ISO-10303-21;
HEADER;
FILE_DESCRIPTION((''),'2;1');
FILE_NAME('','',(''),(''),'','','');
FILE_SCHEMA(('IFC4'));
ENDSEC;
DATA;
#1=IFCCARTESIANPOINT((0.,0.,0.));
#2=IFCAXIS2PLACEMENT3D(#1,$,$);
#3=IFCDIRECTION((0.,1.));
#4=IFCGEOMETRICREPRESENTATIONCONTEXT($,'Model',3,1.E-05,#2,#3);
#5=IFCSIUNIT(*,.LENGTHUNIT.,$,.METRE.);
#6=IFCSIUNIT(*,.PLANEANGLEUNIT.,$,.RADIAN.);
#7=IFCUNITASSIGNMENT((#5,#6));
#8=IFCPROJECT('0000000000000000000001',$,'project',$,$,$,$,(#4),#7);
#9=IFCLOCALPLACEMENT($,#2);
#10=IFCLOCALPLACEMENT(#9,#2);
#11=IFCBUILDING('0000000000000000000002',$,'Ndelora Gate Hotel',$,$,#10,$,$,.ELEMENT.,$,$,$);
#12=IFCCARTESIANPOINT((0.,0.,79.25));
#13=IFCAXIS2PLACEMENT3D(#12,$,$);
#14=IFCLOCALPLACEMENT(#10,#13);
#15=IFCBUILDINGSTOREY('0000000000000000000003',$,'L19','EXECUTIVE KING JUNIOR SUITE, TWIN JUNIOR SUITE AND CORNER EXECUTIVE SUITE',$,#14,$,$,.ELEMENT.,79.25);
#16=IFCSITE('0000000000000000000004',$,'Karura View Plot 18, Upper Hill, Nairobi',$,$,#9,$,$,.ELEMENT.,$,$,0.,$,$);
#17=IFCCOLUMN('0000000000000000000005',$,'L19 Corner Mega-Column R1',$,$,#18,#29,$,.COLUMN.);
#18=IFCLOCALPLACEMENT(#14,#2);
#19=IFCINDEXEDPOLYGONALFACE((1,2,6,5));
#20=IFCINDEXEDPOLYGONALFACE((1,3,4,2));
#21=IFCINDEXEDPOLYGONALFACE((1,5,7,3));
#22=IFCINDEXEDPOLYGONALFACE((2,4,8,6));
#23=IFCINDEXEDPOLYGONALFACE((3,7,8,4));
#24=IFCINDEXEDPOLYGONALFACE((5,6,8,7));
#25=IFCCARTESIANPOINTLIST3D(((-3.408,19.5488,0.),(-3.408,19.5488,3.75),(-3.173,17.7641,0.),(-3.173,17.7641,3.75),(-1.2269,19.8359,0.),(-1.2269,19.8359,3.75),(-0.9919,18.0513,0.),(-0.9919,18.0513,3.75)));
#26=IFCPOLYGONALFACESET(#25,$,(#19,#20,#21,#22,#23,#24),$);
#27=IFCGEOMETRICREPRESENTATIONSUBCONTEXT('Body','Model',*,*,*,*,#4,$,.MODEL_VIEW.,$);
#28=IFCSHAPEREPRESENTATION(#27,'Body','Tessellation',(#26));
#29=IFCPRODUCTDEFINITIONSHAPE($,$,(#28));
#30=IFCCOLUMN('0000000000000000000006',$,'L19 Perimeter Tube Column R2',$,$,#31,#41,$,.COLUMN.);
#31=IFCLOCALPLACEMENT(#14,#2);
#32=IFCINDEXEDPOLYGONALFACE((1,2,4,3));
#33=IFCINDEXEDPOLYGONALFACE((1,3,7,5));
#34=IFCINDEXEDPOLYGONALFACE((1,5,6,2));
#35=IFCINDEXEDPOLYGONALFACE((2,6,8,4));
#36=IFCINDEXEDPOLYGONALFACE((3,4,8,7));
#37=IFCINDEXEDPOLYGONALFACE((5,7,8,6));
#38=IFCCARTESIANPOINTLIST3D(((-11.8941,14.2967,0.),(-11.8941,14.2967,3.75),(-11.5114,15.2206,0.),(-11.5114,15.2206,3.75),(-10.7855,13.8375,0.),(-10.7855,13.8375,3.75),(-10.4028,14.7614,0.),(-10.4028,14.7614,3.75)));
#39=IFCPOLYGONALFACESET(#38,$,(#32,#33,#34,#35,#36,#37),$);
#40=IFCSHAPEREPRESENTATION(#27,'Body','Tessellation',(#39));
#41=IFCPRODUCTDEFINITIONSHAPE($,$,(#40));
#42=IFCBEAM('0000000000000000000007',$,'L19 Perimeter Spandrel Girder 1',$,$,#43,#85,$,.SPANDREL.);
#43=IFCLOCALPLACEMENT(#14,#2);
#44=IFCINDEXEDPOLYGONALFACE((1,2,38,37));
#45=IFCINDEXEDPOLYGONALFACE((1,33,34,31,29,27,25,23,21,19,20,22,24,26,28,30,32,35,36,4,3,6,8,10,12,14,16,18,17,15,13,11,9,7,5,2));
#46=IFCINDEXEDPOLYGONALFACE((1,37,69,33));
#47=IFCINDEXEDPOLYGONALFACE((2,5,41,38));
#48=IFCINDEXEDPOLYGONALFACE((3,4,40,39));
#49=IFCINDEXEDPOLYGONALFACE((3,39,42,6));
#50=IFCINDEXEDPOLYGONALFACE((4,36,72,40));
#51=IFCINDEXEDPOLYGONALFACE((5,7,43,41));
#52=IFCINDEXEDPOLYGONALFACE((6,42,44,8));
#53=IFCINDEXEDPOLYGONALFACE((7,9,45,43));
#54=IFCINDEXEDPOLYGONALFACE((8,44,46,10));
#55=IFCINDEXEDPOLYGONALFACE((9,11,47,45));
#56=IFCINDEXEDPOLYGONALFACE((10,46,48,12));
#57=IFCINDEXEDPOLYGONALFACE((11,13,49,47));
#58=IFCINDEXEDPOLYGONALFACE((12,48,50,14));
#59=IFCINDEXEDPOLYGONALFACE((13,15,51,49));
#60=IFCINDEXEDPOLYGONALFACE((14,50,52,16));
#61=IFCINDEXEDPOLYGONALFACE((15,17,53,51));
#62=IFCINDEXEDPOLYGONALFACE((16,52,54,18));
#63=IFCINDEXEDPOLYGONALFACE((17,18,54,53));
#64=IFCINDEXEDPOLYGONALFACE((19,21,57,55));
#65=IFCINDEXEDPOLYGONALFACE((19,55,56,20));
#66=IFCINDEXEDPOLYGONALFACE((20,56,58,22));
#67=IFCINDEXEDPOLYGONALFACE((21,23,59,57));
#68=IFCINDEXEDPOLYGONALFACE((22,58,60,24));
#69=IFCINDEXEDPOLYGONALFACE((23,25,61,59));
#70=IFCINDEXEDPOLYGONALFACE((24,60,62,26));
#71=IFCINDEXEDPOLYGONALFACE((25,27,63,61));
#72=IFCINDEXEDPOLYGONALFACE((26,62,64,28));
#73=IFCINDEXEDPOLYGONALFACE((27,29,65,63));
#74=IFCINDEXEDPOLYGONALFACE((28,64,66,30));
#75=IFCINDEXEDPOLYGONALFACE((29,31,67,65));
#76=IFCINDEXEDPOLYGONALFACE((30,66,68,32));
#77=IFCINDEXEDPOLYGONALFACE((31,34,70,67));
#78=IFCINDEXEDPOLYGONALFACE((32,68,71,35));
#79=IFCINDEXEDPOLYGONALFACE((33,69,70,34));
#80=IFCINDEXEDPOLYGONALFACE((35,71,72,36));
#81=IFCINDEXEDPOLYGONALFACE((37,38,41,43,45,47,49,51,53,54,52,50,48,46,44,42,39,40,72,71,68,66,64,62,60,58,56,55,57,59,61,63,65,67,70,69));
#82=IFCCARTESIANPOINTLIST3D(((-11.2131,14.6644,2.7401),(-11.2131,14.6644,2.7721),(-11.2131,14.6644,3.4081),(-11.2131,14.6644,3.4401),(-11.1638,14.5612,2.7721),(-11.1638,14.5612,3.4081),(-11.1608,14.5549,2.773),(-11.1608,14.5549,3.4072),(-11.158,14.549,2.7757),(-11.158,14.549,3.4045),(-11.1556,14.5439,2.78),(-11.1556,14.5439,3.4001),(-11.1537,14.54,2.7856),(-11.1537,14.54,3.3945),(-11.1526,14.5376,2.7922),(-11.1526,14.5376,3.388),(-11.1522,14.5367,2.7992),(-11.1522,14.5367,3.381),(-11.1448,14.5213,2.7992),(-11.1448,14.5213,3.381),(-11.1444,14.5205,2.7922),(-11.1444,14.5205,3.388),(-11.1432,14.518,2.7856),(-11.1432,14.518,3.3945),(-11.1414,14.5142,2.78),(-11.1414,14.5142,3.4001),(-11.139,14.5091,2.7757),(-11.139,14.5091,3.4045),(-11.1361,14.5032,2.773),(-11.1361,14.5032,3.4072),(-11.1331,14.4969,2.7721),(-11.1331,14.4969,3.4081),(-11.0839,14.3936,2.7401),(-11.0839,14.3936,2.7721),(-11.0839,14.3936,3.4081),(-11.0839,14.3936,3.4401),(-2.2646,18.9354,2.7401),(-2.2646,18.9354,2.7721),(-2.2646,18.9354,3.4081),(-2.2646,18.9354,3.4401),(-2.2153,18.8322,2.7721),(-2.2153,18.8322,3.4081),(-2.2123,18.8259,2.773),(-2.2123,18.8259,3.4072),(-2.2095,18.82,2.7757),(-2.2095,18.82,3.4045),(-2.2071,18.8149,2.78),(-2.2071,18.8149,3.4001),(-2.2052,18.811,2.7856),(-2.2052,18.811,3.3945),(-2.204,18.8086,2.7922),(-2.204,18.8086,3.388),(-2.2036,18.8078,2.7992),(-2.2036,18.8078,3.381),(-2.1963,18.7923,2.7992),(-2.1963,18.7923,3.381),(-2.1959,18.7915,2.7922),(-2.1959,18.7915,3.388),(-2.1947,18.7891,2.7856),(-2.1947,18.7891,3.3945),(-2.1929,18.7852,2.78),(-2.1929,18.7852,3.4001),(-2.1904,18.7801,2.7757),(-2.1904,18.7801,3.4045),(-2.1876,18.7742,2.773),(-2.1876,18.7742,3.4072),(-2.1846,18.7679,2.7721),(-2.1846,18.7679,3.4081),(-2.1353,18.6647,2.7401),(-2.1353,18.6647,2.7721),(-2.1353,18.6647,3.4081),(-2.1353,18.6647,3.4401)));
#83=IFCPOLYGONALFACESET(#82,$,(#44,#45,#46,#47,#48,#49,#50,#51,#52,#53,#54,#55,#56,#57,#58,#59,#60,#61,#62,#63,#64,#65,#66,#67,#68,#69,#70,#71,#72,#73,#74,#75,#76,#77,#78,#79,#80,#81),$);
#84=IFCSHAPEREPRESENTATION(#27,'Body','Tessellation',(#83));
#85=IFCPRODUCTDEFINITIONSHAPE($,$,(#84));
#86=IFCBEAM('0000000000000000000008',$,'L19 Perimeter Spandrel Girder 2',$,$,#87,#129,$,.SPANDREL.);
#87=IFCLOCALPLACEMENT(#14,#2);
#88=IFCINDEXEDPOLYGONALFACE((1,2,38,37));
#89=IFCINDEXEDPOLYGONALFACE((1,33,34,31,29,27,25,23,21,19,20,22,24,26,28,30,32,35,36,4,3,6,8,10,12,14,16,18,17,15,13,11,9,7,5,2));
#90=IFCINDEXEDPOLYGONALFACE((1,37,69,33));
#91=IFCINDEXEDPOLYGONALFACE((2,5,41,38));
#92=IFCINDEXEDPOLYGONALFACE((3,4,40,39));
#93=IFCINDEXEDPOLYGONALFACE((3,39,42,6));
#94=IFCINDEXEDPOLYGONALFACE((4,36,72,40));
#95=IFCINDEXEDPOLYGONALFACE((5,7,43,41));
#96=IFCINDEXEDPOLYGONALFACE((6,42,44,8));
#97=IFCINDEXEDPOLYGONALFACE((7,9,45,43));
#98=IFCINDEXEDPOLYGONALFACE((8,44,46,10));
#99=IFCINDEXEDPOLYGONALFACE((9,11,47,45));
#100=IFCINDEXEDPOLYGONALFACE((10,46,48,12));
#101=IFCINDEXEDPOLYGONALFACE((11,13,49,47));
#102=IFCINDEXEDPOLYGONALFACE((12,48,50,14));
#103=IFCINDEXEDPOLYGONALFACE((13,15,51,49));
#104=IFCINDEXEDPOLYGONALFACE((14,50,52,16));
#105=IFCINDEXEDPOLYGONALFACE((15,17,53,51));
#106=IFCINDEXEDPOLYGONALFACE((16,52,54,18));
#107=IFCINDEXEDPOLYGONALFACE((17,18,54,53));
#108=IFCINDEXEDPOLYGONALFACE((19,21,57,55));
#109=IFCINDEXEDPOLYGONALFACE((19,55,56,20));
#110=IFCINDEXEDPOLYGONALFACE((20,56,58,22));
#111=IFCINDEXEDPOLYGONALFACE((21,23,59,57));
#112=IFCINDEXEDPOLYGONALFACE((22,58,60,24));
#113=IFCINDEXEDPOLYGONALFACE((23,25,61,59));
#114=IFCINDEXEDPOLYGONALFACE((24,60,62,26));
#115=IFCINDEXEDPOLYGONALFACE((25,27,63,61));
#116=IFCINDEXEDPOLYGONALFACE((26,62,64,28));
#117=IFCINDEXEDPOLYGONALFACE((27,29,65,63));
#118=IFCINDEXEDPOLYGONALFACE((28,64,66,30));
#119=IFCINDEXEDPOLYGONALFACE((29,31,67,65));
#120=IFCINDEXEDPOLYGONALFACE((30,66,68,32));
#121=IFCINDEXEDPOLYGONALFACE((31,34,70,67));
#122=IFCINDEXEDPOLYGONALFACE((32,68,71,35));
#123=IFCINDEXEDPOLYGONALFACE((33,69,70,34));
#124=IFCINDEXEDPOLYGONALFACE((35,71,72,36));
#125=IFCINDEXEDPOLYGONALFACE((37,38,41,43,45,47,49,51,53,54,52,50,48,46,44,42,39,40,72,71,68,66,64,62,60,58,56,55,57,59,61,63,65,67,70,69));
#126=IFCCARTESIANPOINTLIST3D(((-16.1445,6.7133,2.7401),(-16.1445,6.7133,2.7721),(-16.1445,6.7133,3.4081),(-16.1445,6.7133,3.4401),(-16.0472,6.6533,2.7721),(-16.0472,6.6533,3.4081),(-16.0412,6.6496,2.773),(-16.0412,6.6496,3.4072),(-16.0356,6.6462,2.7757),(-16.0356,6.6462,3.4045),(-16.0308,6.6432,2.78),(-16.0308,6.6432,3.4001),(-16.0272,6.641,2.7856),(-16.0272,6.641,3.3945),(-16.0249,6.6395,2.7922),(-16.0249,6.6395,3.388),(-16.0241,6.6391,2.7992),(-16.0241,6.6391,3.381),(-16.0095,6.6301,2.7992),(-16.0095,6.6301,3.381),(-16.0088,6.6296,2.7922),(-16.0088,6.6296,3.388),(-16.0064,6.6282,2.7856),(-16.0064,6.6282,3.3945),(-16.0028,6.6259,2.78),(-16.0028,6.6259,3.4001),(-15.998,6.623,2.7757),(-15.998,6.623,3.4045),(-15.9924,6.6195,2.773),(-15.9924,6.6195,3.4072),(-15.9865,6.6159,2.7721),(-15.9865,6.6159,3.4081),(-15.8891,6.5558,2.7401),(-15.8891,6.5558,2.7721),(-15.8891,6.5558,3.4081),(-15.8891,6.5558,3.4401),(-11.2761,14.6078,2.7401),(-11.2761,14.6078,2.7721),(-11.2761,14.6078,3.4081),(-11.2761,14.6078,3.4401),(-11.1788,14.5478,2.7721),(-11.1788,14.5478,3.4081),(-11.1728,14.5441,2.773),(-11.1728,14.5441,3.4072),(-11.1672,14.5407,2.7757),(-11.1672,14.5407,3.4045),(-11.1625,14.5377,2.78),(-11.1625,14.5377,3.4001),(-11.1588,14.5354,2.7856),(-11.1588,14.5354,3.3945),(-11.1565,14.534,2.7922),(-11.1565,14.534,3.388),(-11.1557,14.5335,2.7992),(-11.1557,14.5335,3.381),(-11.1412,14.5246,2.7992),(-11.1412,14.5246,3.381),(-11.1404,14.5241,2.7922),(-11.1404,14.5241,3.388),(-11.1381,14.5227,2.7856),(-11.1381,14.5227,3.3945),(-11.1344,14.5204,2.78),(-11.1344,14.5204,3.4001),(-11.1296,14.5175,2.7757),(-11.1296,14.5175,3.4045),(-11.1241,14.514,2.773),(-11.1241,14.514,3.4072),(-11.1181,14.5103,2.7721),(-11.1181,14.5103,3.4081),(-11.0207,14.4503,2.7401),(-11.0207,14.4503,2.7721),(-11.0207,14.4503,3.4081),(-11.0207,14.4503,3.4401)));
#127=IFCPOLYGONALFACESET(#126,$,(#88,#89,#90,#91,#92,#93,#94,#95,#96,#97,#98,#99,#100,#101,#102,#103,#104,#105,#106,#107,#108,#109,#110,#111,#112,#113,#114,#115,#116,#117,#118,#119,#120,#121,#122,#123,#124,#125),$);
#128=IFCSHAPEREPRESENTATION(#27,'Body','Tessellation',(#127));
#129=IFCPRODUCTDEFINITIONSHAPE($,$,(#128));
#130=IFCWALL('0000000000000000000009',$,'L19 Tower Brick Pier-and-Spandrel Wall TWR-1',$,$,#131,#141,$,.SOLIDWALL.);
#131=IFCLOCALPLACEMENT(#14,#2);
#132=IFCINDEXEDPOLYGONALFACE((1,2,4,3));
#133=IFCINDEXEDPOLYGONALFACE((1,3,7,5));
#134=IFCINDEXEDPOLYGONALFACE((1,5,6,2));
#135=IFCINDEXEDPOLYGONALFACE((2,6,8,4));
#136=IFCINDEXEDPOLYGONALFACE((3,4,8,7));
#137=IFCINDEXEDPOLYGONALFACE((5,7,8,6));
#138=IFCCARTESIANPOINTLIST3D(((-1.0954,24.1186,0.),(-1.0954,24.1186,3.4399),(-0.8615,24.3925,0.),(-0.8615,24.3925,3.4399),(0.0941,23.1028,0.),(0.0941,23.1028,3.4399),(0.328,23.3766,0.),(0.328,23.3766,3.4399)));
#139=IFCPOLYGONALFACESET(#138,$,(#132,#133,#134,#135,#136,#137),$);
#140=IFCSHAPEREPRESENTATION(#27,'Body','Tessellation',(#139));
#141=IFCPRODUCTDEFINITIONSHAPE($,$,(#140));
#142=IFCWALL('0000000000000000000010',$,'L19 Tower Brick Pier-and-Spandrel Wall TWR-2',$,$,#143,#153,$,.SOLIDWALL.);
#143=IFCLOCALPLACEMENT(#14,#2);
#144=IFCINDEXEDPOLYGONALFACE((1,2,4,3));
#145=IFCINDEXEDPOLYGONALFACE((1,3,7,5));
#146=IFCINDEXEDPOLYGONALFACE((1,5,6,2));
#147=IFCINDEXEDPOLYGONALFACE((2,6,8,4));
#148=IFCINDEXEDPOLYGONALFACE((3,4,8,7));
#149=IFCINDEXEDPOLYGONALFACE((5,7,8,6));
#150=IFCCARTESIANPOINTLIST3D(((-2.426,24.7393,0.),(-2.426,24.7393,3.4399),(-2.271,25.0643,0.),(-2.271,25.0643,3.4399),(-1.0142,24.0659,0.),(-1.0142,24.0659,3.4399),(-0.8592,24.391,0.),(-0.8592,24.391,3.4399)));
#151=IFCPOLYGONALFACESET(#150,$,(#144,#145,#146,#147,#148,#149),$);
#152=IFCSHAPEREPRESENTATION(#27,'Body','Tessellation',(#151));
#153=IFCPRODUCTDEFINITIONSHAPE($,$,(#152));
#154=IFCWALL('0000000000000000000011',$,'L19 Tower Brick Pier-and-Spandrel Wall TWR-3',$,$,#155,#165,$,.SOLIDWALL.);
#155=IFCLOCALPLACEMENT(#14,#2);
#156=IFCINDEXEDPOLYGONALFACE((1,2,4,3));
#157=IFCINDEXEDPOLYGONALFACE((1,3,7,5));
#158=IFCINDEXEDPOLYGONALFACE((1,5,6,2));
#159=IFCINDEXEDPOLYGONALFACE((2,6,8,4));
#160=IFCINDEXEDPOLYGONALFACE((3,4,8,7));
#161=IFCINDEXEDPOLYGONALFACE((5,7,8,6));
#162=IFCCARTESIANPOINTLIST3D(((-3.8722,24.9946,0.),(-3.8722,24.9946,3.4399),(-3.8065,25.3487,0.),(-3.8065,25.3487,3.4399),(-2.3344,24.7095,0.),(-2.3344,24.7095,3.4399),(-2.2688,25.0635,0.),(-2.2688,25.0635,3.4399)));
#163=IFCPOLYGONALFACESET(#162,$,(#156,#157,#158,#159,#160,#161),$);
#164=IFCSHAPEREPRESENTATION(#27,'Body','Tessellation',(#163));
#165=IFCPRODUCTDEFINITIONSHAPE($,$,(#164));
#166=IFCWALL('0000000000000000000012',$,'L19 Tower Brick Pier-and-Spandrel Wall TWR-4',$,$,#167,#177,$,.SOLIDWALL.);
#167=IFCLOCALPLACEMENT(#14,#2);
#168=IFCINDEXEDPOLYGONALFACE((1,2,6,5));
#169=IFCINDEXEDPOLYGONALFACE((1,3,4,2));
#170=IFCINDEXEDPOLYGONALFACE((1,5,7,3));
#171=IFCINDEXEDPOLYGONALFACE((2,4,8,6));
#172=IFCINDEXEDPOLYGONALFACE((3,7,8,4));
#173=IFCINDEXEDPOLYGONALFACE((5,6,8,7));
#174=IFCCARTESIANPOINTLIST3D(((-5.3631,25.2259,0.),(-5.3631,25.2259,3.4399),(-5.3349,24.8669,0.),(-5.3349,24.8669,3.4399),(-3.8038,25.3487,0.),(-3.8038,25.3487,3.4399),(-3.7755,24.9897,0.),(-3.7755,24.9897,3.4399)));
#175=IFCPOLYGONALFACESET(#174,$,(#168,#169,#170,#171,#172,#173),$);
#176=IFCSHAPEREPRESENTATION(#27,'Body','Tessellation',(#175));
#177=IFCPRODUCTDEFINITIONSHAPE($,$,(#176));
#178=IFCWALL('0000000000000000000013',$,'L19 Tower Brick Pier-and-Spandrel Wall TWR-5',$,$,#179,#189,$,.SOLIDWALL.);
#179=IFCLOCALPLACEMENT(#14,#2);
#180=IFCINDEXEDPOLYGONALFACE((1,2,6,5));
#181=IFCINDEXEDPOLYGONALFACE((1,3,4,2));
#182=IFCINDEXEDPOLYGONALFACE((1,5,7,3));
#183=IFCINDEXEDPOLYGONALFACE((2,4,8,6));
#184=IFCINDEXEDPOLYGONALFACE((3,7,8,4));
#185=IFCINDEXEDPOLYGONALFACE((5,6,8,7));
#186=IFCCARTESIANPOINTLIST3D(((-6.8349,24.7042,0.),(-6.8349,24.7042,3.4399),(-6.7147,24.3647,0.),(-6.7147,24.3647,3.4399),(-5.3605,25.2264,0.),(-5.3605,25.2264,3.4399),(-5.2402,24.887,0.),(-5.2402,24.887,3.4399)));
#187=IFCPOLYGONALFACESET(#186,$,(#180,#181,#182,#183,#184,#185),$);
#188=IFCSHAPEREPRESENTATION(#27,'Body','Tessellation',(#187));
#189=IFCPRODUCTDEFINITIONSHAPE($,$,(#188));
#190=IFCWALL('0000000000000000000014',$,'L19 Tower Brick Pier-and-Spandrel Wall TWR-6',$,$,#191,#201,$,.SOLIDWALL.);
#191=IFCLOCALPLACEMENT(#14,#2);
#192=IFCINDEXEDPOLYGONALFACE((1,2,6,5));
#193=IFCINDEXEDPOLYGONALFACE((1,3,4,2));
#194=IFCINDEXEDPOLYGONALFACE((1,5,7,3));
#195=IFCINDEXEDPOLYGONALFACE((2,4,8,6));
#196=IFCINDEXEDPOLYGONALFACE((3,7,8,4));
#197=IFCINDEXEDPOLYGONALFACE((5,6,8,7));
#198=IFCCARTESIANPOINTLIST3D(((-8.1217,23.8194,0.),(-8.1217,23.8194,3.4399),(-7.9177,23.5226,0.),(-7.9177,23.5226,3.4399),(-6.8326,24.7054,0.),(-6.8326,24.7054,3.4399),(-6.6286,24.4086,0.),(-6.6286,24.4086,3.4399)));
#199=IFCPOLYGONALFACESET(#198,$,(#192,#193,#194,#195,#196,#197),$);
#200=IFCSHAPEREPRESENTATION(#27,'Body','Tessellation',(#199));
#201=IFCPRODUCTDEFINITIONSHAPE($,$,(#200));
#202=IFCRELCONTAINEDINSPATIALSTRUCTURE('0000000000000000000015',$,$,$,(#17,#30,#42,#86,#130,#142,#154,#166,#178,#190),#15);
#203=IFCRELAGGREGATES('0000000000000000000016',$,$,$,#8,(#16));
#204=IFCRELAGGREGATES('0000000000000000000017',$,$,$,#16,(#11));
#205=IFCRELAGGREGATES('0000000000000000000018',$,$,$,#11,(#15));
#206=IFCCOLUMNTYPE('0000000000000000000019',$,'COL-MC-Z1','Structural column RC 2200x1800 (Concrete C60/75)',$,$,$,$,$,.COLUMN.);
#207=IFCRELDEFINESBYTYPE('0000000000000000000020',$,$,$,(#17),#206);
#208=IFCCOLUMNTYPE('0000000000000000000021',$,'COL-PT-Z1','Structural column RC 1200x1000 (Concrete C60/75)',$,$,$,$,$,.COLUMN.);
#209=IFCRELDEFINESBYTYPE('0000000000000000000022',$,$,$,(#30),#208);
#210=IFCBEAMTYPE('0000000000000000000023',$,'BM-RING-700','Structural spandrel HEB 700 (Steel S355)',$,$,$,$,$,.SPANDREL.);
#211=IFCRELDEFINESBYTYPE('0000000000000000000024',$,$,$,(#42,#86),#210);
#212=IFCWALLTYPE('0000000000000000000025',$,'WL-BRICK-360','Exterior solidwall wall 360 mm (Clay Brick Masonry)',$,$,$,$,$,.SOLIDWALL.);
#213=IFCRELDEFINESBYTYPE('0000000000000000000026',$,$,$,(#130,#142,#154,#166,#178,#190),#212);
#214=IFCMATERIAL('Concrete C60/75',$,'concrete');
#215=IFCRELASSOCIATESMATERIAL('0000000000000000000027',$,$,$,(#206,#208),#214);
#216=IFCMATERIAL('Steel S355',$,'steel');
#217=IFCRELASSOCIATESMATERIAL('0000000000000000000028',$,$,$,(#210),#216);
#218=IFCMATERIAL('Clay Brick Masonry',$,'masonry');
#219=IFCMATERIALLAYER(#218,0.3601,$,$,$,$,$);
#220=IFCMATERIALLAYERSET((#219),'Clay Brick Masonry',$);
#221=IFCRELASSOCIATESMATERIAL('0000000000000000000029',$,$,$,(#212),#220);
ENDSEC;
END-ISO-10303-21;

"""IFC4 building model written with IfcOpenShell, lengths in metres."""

from ifc_helpers import new_model, si_unit, direction, frame, frame_2d, origin, origin_2d, place, context, subcontext, project, spatial, rectangle, i_section, extrude, material, layer, layer_set, material_profile, profile_set, type_object, element, save


model = new_model("IFC4")

# Units and contexts
model_context = context("Model", 3, precision=1e-05, world=origin(), true_north=direction((0.0, 1.0)))
body_context = subcontext(model_context, "Body", "Model", "MODEL_VIEW")
ifc_project = project(units=[si_unit("LENGTHUNIT", "METRE"), si_unit("PLANEANGLEUNIT", "RADIAN")], contexts=[model_context])

# Site, building, storey
site_placement = place(None, origin())
site = spatial("IfcSite", under=ifc_project, at=site_placement, Name="Karura View Plot 18, Upper Hill, Nairobi", CompositionType="ELEMENT", RefElevation=0.0)
building_placement = place(site_placement, origin())
building = spatial("IfcBuilding", under=site, at=building_placement, Name="Ndelora Gate Hotel", CompositionType="ELEMENT")
storey_placement = place(building_placement, frame((0.0, 0.0, 79.25)))
storey = spatial("IfcBuildingStorey", under=building, at=storey_placement, Name="L19", Description="EXECUTIVE KING JUNIOR SUITE, TWIN JUNIOR SUITE AND CORNER EXECUTIVE SUITE", CompositionType="ELEMENT", Elevation=79.25)

# Columns
ifc_material_1 = material(Name="Concrete C60/75", Category="concrete")
ifc_material_profile_1 = material_profile(ifc_material_1, rectangle(XDim=1.8, YDim=2.2, at=origin_2d()), Name="RC 2200x1800")
ifc_profile_set_1 = profile_set([ifc_material_profile_1], Name="Concrete C60/75")
column_type_1 = type_object("IfcColumnType", Name="COL-MC-Z1", Description="Structural column RC 2200x1800 (Concrete C60/75)", PredefinedType="COLUMN", material=ifc_profile_set_1)
column_1_placement = place(storey_placement, frame((-2.2, 18.8, 0.0), z_axis=(0.0, 0.0, 1.0), x_axis=(-0.130526, 0.991445, 0.0)))
element("IfcColumn", 1, at=column_1_placement, inside=storey, type_object=column_type_1, Name="L19 Corner Mega-Column R1", PredefinedType="COLUMN", context=body_context, shape_type="SweptSolid", body=[
    extrude(rectangle(XDim=1.8, YDim=2.2, at=origin_2d()), origin(), (0.0, 0.0, 1.0), 3.75),
])
ifc_material_profile_2 = material_profile(ifc_material_1, rectangle(XDim=1.0, YDim=1.2, at=origin_2d()), Name="RC 1200x1000")
ifc_profile_set_2 = profile_set([ifc_material_profile_2], Name="Concrete C60/75")
column_type_2 = type_object("IfcColumnType", Name="COL-PT-Z1", Description="Structural column RC 1200x1000 (Concrete C60/75)", PredefinedType="COLUMN", material=ifc_profile_set_2)
column_2_placement = place(storey_placement, frame((-11.1484, 14.5291, 0.0), z_axis=(0.0, 0.0, 1.0), x_axis=(0.382683, 0.92388, 0.0)))
element("IfcColumn", 2, at=column_2_placement, inside=storey, type_object=column_type_2, Name="L19 Perimeter Tube Column R2", PredefinedType="COLUMN", context=body_context, shape_type="SweptSolid", body=[
    extrude(rectangle(XDim=1.0, YDim=1.2, at=origin_2d()), origin(), (0.0, 0.0, 1.0), 3.75),
])

# Beams
ifc_material_2 = material(Name="Steel S355", Category="steel")
ifc_material_profile_3 = material_profile(ifc_material_2, i_section(OverallWidth=0.3, OverallDepth=0.7, WebThickness=0.0171, FlangeThickness=0.032, FilletRadius=0.0271, at=origin_2d()), Name="HEB 700")
ifc_profile_set_3 = profile_set([ifc_material_profile_3], Name="Steel S355")
beam_type = type_object("IfcBeamType", Name="BM-RING-700", Description="Structural spandrel HEB 700 (Steel S355)", PredefinedType="SPANDREL", material=ifc_profile_set_3)
beam_1_placement = place(storey_placement, frame((-2.2, 18.8, 3.0901), z_axis=(-0.902476, -0.43074, 0.0), x_axis=(0.43074, -0.902476, 0.0)))
element("IfcBeam", 3, at=beam_1_placement, inside=storey, type_object=beam_type, Name="L19 Perimeter Spandrel Girder 1", PredefinedType="SPANDREL", context=body_context, shape_type="SweptSolid", body=[
    extrude(i_section(OverallWidth=0.3, OverallDepth=0.7, WebThickness=0.0171, FlangeThickness=0.032, FilletRadius=0.0271, at=origin_2d()), origin(), (0.0, 0.0, 1.0), 9.9155),
])
beam_2_placement = place(storey_placement, frame((-11.1484, 14.5291, 3.0901), z_axis=(-0.524898, -0.851165, 0.0), x_axis=(0.851165, -0.524898, 0.0)))
element("IfcBeam", 4, at=beam_2_placement, inside=storey, type_object=beam_type, Name="L19 Perimeter Spandrel Girder 2", PredefinedType="SPANDREL", context=body_context, shape_type="SweptSolid", body=[
    extrude(i_section(OverallWidth=0.3, OverallDepth=0.7, WebThickness=0.0171, FlangeThickness=0.032, FilletRadius=0.0271, at=origin_2d()), origin(), (0.0, 0.0, 1.0), 9.2749),
])

# Walls
ifc_material_3 = material(Name="Clay Brick Masonry", Category="masonry")
ifc_layer_1 = layer(ifc_material_3, 0.3601)
ifc_layer_set_1 = layer_set([ifc_layer_1], Name="Clay Brick Masonry")
wall_type = type_object("IfcWallType", Name="WL-BRICK-360", Description="Exterior solidwall wall 360 mm (Clay Brick Masonry)", PredefinedType="SOLIDWALL", material=ifc_layer_set_1)
for number, where, z_axis, x_axis, name in (
    (5, (-0.9785, 24.2556, 0.0), (0.0, 0.0, 1.0), (0.760412, -0.649441, 0.0), "L19 Tower Brick Pier-and-Spandrel Wall TWR-1"),
    (6, (-2.3486, 24.9019, 0.0), (0.0, 0.0, 1.0), (0.902606, -0.430467, 0.0), "L19 Tower Brick Pier-and-Spandrel Wall TWR-2"),
):
    element("IfcWall", number, at=place(storey_placement, frame(where, z_axis=z_axis, x_axis=x_axis)), inside=storey, type_object=wall_type, Name=name, PredefinedType="SOLIDWALL", context=body_context, shape_type="SweptSolid", body=[
        extrude(rectangle(XDim=1.5642, YDim=0.3601, at=frame_2d((0.7822, 0.0))), origin(), (0.0, 0.0, 1.0), 3.4399),
    ])
wall_1_placement = place(storey_placement, frame((-3.8394, 25.1716, 0.0), z_axis=(0.0, 0.0, 1.0), x_axis=(0.98324, -0.182318, 0.0)))
element("IfcWall", 7, at=wall_1_placement, inside=storey, type_object=wall_type, Name="L19 Tower Brick Pier-and-Spandrel Wall TWR-3", PredefinedType="SOLIDWALL", context=body_context, shape_type="SweptSolid", body=[
    extrude(rectangle(XDim=1.564, YDim=0.3601, at=frame_2d((0.782, 0.0))), origin(), (0.0, 0.0, 1.0), 3.4399),
])
for number, where, z_axis, x_axis, name in (
    (8, (-5.3491, 25.0464, 0.0), (0.0, 0.0, 1.0), (0.996913, 0.078511, 0.0), "L19 Tower Brick Pier-and-Spandrel Wall TWR-4"),
    (9, (-6.7749, 24.5344, 0.0), (0.0, 0.0, 1.0), (0.942618, 0.333873, 0.0), "L19 Tower Brick Pier-and-Spandrel Wall TWR-5"),
    (10, (-8.0198, 23.6709, 0.0), (0.0, 0.0, 1.0), (0.824115, 0.566423, 0.0), "L19 Tower Brick Pier-and-Spandrel Wall TWR-6"),
):
    element("IfcWall", number, at=place(storey_placement, frame(where, z_axis=z_axis, x_axis=x_axis)), inside=storey, type_object=wall_type, Name=name, PredefinedType="SOLIDWALL", context=body_context, shape_type="SweptSolid", body=[
        extrude(rectangle(XDim=1.5642, YDim=0.3601, at=frame_2d((0.7822, 0.0))), origin(), (0.0, 0.0, 1.0), 3.4399),
    ])

save(model, "model.ifc")
